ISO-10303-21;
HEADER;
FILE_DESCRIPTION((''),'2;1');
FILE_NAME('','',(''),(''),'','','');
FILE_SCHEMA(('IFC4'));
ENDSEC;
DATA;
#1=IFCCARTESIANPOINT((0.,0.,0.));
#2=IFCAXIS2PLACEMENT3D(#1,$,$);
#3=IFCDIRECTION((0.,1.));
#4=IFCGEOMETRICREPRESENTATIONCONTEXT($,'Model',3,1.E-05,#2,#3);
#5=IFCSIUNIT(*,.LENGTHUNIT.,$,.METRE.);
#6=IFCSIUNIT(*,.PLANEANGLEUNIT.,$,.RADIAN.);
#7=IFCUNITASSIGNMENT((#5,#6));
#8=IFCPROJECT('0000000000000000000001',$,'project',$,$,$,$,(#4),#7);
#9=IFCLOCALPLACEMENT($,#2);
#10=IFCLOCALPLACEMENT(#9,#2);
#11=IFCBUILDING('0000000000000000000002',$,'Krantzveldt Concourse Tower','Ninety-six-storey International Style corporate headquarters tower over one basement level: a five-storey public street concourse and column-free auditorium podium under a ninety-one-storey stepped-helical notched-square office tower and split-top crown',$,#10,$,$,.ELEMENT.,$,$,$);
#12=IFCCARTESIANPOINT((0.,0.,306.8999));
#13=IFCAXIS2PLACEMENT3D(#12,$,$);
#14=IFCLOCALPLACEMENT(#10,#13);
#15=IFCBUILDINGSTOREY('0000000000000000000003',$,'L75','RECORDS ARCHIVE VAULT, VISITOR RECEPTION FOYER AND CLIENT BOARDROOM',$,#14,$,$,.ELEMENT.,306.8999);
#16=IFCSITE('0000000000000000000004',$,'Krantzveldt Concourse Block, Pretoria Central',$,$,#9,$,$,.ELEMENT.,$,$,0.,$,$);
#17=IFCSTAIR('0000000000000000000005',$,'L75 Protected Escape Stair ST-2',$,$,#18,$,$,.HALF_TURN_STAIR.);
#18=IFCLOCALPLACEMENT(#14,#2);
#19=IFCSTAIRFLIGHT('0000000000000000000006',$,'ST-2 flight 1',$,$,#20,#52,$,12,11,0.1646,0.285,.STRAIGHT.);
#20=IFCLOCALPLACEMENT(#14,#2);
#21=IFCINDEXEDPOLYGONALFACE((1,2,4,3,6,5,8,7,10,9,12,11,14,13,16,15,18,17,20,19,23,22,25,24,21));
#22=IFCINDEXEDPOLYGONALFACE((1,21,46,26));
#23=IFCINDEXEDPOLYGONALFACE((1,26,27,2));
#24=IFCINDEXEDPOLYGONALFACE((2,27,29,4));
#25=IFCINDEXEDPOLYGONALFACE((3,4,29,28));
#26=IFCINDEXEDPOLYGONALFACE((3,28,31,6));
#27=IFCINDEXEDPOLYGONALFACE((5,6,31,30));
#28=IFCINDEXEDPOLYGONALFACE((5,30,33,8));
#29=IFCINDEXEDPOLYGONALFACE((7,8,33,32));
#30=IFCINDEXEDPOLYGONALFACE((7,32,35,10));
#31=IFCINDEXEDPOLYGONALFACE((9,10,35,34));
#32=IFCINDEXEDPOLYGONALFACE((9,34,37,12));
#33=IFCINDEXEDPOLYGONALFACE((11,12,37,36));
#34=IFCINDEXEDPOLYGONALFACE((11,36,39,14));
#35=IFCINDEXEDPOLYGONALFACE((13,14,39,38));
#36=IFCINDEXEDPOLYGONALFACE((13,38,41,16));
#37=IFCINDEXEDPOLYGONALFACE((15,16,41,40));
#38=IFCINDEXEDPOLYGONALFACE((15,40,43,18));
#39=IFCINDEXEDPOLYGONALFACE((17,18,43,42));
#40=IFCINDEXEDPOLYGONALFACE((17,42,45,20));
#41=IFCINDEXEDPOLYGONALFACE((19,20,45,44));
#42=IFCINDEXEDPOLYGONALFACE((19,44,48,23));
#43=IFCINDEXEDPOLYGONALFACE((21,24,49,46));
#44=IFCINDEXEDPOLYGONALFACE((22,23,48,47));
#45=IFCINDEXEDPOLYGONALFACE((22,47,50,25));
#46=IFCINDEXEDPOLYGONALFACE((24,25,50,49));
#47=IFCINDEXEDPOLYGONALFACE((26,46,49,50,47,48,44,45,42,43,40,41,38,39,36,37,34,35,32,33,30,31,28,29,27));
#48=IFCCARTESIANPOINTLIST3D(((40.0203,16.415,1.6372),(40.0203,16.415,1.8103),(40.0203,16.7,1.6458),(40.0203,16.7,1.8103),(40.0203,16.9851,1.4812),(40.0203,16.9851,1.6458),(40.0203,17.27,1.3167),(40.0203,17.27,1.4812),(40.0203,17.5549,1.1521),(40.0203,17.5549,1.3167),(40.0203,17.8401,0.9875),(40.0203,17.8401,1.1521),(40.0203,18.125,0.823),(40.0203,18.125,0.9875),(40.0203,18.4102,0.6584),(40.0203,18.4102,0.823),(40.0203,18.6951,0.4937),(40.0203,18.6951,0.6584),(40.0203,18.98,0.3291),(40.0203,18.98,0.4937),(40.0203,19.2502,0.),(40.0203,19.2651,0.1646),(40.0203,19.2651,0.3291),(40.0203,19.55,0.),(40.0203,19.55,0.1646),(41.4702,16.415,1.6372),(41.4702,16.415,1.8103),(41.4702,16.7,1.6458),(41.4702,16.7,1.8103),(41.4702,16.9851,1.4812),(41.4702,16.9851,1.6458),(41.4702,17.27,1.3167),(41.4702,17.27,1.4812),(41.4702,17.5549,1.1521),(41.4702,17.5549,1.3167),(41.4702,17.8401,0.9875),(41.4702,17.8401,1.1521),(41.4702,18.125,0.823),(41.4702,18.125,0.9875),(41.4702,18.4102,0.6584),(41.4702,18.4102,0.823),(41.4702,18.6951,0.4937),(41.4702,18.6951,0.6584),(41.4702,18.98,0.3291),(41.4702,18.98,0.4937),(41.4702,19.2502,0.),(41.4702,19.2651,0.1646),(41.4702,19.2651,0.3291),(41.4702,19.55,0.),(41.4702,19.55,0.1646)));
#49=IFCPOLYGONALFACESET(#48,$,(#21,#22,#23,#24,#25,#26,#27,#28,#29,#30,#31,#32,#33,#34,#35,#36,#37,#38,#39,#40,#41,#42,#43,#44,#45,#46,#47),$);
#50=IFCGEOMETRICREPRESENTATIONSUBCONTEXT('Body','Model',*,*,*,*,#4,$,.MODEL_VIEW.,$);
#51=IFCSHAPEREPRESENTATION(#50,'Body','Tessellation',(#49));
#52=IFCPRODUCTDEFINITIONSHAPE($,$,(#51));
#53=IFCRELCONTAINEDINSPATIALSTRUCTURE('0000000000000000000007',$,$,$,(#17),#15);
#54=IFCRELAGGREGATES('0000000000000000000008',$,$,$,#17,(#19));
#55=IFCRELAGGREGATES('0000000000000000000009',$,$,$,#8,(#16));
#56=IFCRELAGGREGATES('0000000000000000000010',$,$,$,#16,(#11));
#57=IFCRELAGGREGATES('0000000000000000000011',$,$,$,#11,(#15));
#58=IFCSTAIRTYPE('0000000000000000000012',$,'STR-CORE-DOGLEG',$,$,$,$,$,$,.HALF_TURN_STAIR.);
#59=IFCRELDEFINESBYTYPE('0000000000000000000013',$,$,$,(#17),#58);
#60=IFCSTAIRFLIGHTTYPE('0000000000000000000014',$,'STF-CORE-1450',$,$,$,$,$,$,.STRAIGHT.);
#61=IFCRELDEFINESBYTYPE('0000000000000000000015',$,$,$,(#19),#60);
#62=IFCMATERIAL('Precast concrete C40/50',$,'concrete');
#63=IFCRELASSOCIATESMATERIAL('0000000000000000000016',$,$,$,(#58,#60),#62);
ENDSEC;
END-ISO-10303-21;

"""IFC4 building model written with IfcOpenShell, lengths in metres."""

from ifc_helpers import new_model, si_unit, direction, frame, origin, place, context, subcontext, project, spatial, polyline, outline, extrude, material, type_object, element, aggregate, save


model = new_model("IFC4")

# Units and contexts
model_context = context("Model", 3, precision=1e-05, world=origin(), true_north=direction((0.0, 1.0)))
body_context = subcontext(model_context, "Body", "Model", "MODEL_VIEW")
ifc_project = project(units=[si_unit("LENGTHUNIT", "METRE"), si_unit("PLANEANGLEUNIT", "RADIAN")], contexts=[model_context])

# Site, building, storey
site_placement = place(None, origin())
site = spatial("IfcSite", under=ifc_project, at=site_placement, Name="Krantzveldt Concourse Block, Pretoria Central", CompositionType="ELEMENT", RefElevation=0.0)
building_placement = place(site_placement, origin())
building = spatial("IfcBuilding", under=site, at=building_placement, Name="Krantzveldt Concourse Tower", Description="Ninety-six-storey International Style corporate headquarters tower over one basement level: a five-storey public street concourse and column-free auditorium podium under a ninety-one-storey stepped-helical notched-square office tower and split-top crown", CompositionType="ELEMENT")
storey_placement = place(building_placement, frame((0.0, 0.0, 306.8999)))
storey = spatial("IfcBuildingStorey", under=building, at=storey_placement, Name="L75", Description="RECORDS ARCHIVE VAULT, VISITOR RECEPTION FOYER AND CLIENT BOARDROOM", CompositionType="ELEMENT", Elevation=306.8999)

# Stair, stair flight
ifc_material_1 = material(Name="Precast concrete C40/50", Category="concrete")
stair_type = type_object("IfcStairType", Name="STR-CORE-DOGLEG", PredefinedType="HALF_TURN_STAIR", material=ifc_material_1)
stair_placement = place(storey_placement, origin())
stair = element("IfcStair", 1, at=stair_placement, inside=storey, type_object=stair_type, Name="L75 Protected Escape Stair ST-2", PredefinedType="HALF_TURN_STAIR")
stair_flight_type = type_object("IfcStairFlightType", Name="STF-CORE-1450", PredefinedType="STRAIGHT", material=ifc_material_1)
stair_flight_placement = place(storey_placement, frame((40.7451, 19.55, 0.0), z_axis=(0.0, 0.0, 1.0), x_axis=(0.0, -1.0, 0.0)))
stair_flight = element("IfcStairFlight", 2, at=stair_flight_placement, type_object=stair_flight_type, Name="ST-2 flight 1", NumberOfRisers=12, NumberOfTreads=11, PredefinedType="STRAIGHT", RiserHeight=0.1646, TreadLength=0.285, context=body_context, shape_type="SweptSolid", body=[
    extrude(outline(polyline([(0.0, 0.0), (0.0, 0.1646), (0.2849, 0.1646), (0.2849, 0.3291), (0.5701, 0.3291), (0.5701, 0.4937), (0.855, 0.4937), (0.855, 0.6584), (1.1399, 0.6584), (1.1399, 0.823), (1.425, 0.823), (1.425, 0.9875), (1.71, 0.9875), (1.71, 1.1521), (1.9951, 1.1521), (1.9951, 1.3167), (2.28, 1.3167), (2.28, 1.4812), (2.5649, 1.4812), (2.5649, 1.6458), (2.8501, 1.6458), (2.8501, 1.8103), (3.135, 1.8103), (3.135, 1.9751), (3.135, 1.6372), (0.2998, 0.0), (0.0, 0.0)])), frame((0.0, 0.7251, 0.0), z_axis=(0.0, -1.0, 0.0), x_axis=(1.0, 0.0, 0.0)), (0.0, 0.0, 1.0), 1.45),
])
aggregate(stair, [stair_flight])

save(model, "model.ifc")
